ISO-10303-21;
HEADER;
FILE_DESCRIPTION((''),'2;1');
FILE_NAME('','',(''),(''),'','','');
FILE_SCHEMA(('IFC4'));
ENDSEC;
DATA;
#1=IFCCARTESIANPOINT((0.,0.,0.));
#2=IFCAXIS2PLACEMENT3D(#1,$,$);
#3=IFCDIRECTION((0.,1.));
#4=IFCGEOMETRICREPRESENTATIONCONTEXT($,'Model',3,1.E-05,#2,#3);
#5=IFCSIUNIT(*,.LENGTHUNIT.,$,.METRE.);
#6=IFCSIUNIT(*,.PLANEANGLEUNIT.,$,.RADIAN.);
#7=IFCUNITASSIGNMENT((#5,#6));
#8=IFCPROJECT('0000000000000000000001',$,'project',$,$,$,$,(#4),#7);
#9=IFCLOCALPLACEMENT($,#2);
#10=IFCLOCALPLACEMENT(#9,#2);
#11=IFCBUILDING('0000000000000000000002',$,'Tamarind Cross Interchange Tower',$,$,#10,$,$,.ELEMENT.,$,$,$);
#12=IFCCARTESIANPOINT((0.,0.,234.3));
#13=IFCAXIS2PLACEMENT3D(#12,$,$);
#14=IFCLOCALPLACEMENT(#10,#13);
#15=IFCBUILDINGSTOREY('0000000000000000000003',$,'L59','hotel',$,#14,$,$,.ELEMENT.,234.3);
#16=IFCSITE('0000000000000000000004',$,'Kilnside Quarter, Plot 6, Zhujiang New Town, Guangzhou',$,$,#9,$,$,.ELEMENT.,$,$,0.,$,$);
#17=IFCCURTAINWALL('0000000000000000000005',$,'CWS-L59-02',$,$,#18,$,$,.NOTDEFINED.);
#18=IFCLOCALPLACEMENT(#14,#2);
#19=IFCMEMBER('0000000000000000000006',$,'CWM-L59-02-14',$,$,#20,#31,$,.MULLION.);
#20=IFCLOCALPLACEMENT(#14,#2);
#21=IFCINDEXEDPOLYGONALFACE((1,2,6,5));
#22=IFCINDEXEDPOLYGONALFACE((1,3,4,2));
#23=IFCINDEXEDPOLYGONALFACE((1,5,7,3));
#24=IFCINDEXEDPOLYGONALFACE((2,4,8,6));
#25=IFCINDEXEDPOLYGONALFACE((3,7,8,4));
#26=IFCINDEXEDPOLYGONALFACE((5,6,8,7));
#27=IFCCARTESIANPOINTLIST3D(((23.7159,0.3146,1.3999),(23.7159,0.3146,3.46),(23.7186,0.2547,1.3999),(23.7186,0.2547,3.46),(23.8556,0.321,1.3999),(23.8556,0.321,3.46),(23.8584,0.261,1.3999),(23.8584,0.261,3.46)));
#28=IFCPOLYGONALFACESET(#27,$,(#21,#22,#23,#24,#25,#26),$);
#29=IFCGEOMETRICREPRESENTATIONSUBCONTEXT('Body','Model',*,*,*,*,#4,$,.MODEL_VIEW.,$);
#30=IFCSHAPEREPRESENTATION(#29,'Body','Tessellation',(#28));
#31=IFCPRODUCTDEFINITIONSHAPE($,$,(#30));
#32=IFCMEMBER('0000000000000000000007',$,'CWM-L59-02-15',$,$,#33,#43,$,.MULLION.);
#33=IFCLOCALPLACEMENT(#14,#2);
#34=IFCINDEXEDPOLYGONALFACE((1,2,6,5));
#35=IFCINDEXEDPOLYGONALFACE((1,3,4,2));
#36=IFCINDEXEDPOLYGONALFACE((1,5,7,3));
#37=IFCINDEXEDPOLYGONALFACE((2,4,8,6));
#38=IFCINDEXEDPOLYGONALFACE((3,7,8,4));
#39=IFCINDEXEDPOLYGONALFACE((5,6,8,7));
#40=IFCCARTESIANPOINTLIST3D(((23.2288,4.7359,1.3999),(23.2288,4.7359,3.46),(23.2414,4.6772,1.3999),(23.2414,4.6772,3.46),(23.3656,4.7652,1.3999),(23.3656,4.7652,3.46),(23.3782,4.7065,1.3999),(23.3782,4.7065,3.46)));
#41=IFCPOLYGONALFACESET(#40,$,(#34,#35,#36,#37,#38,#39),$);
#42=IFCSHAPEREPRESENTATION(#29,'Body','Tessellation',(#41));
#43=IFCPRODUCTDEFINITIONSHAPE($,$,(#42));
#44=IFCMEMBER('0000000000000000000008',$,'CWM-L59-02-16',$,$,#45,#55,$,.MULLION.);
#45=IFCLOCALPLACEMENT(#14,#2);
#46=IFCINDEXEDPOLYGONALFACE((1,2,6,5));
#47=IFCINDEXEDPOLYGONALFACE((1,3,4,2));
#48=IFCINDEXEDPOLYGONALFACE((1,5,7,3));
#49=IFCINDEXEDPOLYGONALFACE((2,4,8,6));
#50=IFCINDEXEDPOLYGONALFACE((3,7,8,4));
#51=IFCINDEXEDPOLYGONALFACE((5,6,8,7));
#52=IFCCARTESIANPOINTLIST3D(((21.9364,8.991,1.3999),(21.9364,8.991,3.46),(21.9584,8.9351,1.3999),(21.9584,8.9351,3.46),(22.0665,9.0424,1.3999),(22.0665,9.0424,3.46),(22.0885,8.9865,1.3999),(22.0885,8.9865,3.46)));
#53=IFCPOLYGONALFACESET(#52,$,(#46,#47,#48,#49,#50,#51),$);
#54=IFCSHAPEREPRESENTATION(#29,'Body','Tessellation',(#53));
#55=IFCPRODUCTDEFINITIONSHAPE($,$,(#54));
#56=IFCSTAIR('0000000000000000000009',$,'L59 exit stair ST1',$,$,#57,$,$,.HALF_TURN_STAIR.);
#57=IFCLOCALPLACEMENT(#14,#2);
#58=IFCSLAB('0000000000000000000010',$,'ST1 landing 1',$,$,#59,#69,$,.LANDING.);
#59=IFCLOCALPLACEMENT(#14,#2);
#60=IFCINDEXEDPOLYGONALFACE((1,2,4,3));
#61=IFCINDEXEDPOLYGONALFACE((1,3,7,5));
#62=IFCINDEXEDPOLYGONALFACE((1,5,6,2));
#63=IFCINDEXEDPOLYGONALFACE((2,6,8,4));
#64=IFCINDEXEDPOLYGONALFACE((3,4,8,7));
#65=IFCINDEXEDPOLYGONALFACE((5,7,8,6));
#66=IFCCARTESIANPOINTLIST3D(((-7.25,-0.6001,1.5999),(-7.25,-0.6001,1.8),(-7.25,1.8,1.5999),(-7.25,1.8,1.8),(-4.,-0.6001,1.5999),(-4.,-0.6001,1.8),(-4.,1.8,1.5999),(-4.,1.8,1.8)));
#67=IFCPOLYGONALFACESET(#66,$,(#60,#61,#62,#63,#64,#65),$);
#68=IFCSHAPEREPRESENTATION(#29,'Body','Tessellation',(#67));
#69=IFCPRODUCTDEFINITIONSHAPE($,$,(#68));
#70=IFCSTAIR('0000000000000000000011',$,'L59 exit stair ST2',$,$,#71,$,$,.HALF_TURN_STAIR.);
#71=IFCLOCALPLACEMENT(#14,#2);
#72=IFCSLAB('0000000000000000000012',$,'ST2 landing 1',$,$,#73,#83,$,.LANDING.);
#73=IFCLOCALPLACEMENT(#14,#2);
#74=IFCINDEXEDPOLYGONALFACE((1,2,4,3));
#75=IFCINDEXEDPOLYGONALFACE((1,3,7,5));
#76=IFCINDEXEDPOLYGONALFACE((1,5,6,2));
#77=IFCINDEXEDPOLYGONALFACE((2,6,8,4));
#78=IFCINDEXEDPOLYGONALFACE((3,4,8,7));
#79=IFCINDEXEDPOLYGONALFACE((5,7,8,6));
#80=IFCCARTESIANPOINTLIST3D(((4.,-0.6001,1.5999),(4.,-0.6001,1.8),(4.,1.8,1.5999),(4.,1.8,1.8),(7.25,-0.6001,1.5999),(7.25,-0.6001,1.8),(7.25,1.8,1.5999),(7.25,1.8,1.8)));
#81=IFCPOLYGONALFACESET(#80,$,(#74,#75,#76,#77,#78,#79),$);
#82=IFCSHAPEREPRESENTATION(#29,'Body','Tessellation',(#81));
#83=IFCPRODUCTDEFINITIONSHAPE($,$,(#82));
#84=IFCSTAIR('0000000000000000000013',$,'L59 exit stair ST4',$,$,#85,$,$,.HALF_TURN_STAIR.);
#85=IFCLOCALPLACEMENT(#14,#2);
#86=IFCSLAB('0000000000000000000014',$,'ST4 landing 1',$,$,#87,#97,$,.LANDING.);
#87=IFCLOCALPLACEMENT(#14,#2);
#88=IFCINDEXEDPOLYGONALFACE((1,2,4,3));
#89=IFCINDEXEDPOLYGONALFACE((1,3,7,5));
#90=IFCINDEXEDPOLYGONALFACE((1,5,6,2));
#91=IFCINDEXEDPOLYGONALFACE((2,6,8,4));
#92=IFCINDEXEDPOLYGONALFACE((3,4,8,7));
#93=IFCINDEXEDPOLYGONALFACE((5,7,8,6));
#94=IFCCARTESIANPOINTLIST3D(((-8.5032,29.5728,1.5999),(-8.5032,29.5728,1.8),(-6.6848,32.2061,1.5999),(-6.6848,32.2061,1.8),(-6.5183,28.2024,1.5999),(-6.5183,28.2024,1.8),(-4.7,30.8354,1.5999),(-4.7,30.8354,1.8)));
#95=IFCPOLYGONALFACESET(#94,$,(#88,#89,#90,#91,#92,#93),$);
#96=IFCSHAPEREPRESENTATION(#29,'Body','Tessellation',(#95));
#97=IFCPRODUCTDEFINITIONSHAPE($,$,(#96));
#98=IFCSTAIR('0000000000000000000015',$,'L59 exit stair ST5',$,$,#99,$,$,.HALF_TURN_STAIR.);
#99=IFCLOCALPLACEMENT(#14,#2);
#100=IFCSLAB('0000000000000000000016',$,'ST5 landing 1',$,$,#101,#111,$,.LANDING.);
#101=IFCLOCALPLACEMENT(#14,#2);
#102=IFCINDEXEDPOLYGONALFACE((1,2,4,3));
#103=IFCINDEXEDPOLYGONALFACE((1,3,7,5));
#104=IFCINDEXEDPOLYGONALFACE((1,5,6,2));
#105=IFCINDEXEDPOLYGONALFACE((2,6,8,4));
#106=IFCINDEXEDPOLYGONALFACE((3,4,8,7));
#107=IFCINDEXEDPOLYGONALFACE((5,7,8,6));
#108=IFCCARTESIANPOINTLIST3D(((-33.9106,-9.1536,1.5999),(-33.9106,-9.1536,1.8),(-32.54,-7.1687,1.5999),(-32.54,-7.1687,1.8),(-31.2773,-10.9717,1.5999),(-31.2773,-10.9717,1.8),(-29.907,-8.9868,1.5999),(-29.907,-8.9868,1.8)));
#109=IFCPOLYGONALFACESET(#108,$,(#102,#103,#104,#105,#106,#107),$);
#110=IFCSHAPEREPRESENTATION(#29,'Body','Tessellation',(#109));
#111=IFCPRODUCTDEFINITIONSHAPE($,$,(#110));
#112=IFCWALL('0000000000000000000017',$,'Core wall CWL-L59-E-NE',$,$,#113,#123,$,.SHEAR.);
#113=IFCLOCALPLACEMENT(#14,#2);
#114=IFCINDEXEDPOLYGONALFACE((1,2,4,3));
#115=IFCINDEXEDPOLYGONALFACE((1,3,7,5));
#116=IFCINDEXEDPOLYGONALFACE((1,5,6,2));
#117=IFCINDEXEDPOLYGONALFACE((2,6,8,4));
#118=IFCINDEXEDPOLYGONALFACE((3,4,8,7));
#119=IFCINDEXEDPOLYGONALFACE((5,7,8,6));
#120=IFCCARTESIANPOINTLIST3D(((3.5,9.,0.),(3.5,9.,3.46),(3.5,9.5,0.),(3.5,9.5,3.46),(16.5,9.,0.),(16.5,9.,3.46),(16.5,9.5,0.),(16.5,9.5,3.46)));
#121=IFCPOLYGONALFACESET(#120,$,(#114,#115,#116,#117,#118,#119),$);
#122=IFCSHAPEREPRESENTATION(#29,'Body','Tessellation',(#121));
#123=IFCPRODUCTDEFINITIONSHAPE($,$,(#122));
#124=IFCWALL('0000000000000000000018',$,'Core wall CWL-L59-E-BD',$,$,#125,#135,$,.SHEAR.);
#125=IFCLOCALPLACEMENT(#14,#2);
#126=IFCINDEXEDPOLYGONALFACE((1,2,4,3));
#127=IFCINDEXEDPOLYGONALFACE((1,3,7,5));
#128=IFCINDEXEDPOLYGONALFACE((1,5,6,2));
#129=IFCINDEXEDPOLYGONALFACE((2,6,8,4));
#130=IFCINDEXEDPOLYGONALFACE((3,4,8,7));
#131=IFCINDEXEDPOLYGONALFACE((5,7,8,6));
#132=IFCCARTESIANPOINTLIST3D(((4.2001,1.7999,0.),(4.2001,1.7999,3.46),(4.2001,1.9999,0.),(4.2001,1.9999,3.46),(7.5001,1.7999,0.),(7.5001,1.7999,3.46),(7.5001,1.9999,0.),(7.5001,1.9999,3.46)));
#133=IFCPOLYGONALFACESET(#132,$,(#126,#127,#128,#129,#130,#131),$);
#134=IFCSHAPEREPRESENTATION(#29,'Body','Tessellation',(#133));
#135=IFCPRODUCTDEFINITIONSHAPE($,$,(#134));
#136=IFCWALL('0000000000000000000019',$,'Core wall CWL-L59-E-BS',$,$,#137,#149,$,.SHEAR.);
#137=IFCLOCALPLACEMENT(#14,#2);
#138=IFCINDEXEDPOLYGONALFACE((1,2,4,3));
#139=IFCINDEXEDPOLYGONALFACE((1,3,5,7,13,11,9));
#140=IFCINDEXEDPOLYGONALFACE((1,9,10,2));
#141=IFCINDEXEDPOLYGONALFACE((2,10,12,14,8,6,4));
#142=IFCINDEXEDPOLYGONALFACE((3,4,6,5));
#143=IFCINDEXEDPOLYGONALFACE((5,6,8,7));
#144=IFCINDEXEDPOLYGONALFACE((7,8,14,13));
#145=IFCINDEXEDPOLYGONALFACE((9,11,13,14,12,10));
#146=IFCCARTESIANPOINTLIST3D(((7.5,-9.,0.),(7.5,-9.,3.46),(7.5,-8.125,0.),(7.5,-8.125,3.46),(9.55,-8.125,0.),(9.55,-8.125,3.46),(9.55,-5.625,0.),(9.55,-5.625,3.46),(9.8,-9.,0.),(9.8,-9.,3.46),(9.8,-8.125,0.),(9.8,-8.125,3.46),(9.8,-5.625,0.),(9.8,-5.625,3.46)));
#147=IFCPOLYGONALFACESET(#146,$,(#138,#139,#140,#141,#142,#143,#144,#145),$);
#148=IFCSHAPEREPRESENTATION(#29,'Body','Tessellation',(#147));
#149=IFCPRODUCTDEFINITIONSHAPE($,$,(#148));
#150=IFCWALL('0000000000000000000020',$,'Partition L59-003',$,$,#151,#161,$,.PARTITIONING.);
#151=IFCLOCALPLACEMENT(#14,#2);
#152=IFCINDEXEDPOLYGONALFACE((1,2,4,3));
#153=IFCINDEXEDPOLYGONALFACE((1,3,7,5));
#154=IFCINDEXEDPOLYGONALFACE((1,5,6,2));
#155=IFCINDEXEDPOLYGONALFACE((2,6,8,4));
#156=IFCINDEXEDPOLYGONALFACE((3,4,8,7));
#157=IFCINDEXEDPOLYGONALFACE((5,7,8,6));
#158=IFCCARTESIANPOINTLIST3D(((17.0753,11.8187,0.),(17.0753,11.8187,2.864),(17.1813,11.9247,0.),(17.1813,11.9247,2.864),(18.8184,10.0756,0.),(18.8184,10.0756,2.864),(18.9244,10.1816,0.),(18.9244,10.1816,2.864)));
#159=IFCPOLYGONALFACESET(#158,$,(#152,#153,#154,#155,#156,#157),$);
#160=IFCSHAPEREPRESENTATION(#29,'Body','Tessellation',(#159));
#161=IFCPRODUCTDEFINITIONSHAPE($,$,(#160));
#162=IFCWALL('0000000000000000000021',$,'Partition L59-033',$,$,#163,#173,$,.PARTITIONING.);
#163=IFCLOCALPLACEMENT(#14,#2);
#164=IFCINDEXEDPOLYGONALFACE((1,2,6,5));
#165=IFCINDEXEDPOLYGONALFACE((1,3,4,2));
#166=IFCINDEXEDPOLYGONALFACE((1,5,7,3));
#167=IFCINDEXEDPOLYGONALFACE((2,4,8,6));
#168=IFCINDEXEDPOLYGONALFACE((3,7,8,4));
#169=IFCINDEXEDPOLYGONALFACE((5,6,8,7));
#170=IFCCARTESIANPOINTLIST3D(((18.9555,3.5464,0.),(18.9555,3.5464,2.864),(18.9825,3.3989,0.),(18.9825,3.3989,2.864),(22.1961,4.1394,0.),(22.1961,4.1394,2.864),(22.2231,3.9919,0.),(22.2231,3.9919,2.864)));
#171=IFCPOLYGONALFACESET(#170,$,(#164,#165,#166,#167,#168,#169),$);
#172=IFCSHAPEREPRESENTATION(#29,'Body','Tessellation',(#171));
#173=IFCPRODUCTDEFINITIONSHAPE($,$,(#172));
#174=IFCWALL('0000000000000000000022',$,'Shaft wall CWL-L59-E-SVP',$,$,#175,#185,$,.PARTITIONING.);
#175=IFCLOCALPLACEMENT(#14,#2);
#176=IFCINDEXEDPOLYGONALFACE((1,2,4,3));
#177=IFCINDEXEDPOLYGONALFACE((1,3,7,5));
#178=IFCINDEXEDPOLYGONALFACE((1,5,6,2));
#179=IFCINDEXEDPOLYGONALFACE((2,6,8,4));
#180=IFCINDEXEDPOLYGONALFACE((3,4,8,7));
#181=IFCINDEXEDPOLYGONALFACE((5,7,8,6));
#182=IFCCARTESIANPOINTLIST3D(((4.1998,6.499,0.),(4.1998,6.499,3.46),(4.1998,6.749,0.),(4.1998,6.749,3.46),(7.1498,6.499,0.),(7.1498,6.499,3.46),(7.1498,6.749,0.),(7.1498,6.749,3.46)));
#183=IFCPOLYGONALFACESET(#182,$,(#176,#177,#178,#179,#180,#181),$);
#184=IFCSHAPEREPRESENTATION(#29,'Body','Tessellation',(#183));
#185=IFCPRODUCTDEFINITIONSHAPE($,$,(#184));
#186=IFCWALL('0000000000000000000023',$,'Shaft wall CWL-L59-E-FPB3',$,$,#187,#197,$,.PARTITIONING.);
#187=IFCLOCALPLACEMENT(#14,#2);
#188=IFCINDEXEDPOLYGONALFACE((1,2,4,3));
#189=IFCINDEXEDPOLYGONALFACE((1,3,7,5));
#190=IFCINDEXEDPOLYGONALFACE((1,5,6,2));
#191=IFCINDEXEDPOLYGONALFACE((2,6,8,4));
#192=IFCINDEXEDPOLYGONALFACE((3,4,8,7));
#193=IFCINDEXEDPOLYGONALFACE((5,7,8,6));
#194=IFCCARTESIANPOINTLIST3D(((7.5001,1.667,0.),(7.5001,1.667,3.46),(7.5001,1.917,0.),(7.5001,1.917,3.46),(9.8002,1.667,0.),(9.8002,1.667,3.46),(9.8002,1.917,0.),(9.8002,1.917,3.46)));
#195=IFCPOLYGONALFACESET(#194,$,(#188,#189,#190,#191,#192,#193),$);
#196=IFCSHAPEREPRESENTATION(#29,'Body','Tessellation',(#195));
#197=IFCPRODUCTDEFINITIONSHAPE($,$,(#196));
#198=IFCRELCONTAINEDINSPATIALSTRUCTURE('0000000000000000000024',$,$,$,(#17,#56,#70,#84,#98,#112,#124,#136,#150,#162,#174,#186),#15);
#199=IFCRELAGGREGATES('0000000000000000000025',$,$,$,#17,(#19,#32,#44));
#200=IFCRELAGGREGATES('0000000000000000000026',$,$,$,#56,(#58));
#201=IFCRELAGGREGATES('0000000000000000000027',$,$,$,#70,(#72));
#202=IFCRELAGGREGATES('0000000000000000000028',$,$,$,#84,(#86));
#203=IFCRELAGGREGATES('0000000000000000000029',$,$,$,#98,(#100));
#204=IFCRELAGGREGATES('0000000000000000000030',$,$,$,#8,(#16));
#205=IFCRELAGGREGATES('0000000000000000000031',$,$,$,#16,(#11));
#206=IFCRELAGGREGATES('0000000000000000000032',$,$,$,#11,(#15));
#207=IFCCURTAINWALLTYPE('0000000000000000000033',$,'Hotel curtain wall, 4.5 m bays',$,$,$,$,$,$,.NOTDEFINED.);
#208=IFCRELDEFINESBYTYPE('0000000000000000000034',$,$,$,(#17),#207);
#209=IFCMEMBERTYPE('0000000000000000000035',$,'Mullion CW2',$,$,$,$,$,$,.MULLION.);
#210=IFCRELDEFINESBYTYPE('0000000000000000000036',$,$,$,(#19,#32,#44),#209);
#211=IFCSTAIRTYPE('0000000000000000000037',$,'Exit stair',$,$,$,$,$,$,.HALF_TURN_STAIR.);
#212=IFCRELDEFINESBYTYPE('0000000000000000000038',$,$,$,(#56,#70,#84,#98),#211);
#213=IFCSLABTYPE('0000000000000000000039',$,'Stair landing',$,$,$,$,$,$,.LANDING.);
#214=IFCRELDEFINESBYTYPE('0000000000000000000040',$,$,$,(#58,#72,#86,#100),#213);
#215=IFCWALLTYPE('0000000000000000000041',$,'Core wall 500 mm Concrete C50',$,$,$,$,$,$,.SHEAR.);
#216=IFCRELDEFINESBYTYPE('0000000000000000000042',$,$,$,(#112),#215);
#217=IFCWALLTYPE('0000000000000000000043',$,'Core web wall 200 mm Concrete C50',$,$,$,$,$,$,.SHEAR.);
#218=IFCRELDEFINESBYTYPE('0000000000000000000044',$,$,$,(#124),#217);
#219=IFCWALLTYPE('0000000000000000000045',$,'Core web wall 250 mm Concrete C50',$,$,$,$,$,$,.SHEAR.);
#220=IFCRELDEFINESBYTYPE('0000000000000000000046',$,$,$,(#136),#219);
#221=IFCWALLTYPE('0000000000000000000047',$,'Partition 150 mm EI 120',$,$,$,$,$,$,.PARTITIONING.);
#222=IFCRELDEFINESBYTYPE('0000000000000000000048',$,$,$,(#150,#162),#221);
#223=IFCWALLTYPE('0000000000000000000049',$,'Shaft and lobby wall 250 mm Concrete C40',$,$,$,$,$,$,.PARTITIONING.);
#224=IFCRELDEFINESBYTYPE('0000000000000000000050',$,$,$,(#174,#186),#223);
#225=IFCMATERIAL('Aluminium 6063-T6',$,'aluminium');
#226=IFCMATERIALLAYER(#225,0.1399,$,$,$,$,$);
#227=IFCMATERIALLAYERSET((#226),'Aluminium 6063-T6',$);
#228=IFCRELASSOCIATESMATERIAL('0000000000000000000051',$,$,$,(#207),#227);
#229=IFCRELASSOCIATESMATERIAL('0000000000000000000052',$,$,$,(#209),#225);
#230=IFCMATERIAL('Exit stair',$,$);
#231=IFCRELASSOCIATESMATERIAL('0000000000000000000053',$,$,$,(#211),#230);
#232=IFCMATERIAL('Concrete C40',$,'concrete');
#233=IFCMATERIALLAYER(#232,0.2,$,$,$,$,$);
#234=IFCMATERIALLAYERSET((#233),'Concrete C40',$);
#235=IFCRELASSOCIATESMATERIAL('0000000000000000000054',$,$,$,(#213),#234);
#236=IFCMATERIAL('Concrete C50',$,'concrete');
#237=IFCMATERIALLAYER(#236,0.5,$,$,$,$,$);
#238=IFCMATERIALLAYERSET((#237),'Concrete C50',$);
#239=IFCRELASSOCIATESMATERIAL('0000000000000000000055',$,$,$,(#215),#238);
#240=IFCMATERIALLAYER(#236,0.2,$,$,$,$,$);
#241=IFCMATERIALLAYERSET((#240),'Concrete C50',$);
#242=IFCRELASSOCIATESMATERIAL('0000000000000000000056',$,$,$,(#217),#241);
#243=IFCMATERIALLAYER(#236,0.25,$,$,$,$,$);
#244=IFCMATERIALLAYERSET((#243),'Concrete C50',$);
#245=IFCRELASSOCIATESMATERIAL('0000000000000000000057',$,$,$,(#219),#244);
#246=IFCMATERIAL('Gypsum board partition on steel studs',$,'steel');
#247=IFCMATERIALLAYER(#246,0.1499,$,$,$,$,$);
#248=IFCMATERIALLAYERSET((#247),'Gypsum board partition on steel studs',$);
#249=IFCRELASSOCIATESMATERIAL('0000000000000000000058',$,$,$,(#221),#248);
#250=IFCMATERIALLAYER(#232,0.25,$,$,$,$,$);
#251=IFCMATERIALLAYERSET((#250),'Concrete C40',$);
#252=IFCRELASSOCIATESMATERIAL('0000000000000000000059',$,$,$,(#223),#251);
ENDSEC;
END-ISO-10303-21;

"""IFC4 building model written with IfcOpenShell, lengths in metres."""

from ifc_helpers import new_model, si_unit, direction, frame, frame_2d, origin, origin_2d, place, context, subcontext, project, spatial, polyline, rectangle, outline, extrude, material, layer, layer_set, material_profile, profile_set, type_object, element, aggregate, save


model = new_model("IFC4")

# Units and contexts
model_context = context("Model", 3, precision=1e-05, world=origin(), true_north=direction((0.0, 1.0)))
body_context = subcontext(model_context, "Body", "Model", "MODEL_VIEW")
ifc_project = project(units=[si_unit("LENGTHUNIT", "METRE"), si_unit("PLANEANGLEUNIT", "RADIAN")], contexts=[model_context])

# Site, building, storey
site_placement = place(None, origin())
site = spatial("IfcSite", under=ifc_project, at=site_placement, Name="Kilnside Quarter, Plot 6, Zhujiang New Town, Guangzhou", CompositionType="ELEMENT", RefElevation=0.0)
building_placement = place(site_placement, origin())
building = spatial("IfcBuilding", under=site, at=building_placement, Name="Tamarind Cross Interchange Tower", CompositionType="ELEMENT")
storey_placement = place(building_placement, frame((0.0, 0.0, 234.3)))
storey = spatial("IfcBuildingStorey", under=building, at=storey_placement, Name="L59", Description="hotel", CompositionType="ELEMENT", Elevation=234.3)

# Shared definitions
ifc_material_1 = material(Name="Concrete C50", Category="concrete")

# Curtain wall, members
ifc_material_2 = material(Name="Aluminium 6063-T6", Category="aluminium")
ifc_layer_1 = layer(ifc_material_2, 0.1399)
ifc_layer_set_1 = layer_set([ifc_layer_1], Name="Aluminium 6063-T6")
curtain_wall_type = type_object("IfcCurtainWallType", Name="Hotel curtain wall, 4.5 m bays", PredefinedType="NOTDEFINED", material=ifc_layer_set_1)
curtain_wall_placement = place(storey_placement, origin())
curtain_wall = element("IfcCurtainWall", 1, at=curtain_wall_placement, inside=storey, type_object=curtain_wall_type, Name="CWS-L59-02", PredefinedType="NOTDEFINED")
ifc_material_profile_1 = material_profile(ifc_material_2, rectangle(XDim=0.0601, YDim=0.1399, at=origin_2d()), Name="Mullion CW2")
ifc_profile_set_1 = profile_set([ifc_material_profile_1], Name="Aluminium 6063-T6")
member_type = type_object("IfcMemberType", Name="Mullion CW2", PredefinedType="MULLION", material=ifc_profile_set_1)
member_1_placement = place(storey_placement, frame((23.7871, 0.2878, 1.3999), z_axis=(0.0, 0.0, 1.0), x_axis=(-0.045624, 0.998959, 0.0)))
member_1 = element("IfcMember", 2, at=member_1_placement, type_object=member_type, Name="CWM-L59-02-14", PredefinedType="MULLION", context=body_context, shape_type="SweptSolid", body=[
    extrude(rectangle(XDim=0.0601, YDim=0.1399, at=origin_2d()), origin(), (0.0, 0.0, 1.0), 2.0601),
])
member_2_placement = place(storey_placement, frame((23.3035, 4.7212, 1.3999), z_axis=(0.0, 0.0, 1.0), x_axis=(-0.209425, 0.977825, 0.0)))
member_2 = element("IfcMember", 3, at=member_2_placement, type_object=member_type, Name="CWM-L59-02-15", PredefinedType="MULLION", context=body_context, shape_type="SweptSolid", body=[
    extrude(rectangle(XDim=0.0601, YDim=0.1399, at=origin_2d()), origin(), (0.0, 0.0, 1.0), 2.0601),
])
member_3_placement = place(storey_placement, frame((22.0125, 8.9888, 1.3999), z_axis=(0.0, 0.0, 1.0), x_axis=(-0.367514, 0.930018, 0.0)))
member_3 = element("IfcMember", 4, at=member_3_placement, type_object=member_type, Name="CWM-L59-02-16", PredefinedType="MULLION", context=body_context, shape_type="SweptSolid", body=[
    extrude(rectangle(XDim=0.0601, YDim=0.1399, at=origin_2d()), origin(), (0.0, 0.0, 1.0), 2.0601),
])
aggregate(curtain_wall, [member_1, member_2, member_3])

# Stairs, slabs
ifc_material_3 = material(Name="Exit stair")
stair_type = type_object("IfcStairType", Name="Exit stair", PredefinedType="HALF_TURN_STAIR", material=ifc_material_3)
stair_1_placement = place(storey_placement, origin())
stair_1 = element("IfcStair", 5, at=stair_1_placement, inside=storey, type_object=stair_type, Name="L59 exit stair ST1", PredefinedType="HALF_TURN_STAIR")
ifc_material_4 = material(Name="Concrete C40", Category="concrete")
ifc_layer_2 = layer(ifc_material_4, 0.2)
ifc_layer_set_2 = layer_set([ifc_layer_2], Name="Concrete C40")
slab_type = type_object("IfcSlabType", Name="Stair landing", PredefinedType="LANDING", material=ifc_layer_set_2)
slab_1_placement = place(storey_placement, frame((0.0, 0.0, 1.5999)))
slab_1 = element("IfcSlab", 6, at=slab_1_placement, type_object=slab_type, Name="ST1 landing 1", PredefinedType="LANDING", context=body_context, shape_type="SweptSolid", body=[
    extrude(outline(polyline([(-4.0, -0.6001), (-4.0, 1.8), (-7.25, 1.8), (-7.25, -0.6001), (-4.0, -0.6001)])), origin(), (0.0, 0.0, 1.0), 0.2002),
])
aggregate(stair_1, [slab_1])
stair_2_placement = place(storey_placement, origin())
stair_2 = element("IfcStair", 7, at=stair_2_placement, inside=storey, type_object=stair_type, Name="L59 exit stair ST2", PredefinedType="HALF_TURN_STAIR")
slab_2_placement = place(storey_placement, frame((0.0, 0.0, 1.5999)))
slab_2 = element("IfcSlab", 8, at=slab_2_placement, type_object=slab_type, Name="ST2 landing 1", PredefinedType="LANDING", context=body_context, shape_type="SweptSolid", body=[
    extrude(outline(polyline([(7.25, -0.6001), (7.25, 1.8), (4.0, 1.8), (4.0, -0.6001), (7.25, -0.6001)])), origin(), (0.0, 0.0, 1.0), 0.2002),
])
aggregate(stair_2, [slab_2])
stair_3_placement = place(storey_placement, origin())
stair_3 = element("IfcStair", 9, at=stair_3_placement, inside=storey, type_object=stair_type, Name="L59 exit stair ST4", PredefinedType="HALF_TURN_STAIR")
slab_3_placement = place(storey_placement, frame((0.0, 0.0, 1.5999)))
slab_3 = element("IfcSlab", 10, at=slab_3_placement, type_object=slab_type, Name="ST4 landing 1", PredefinedType="LANDING", context=body_context, shape_type="SweptSolid", body=[
    extrude(outline(polyline([(-4.7, 30.8354), (-6.6848, 32.2061), (-8.5032, 29.5728), (-6.5183, 28.2024), (-4.7, 30.8354)])), origin(), (0.0, 0.0, 1.0), 0.2002),
])
aggregate(stair_3, [slab_3])
stair_4_placement = place(storey_placement, origin())
stair_4 = element("IfcStair", 11, at=stair_4_placement, inside=storey, type_object=stair_type, Name="L59 exit stair ST5", PredefinedType="HALF_TURN_STAIR")
slab_4_placement = place(storey_placement, frame((0.0, 0.0, 1.5999)))
slab_4 = element("IfcSlab", 12, at=slab_4_placement, type_object=slab_type, Name="ST5 landing 1", PredefinedType="LANDING", context=body_context, shape_type="SweptSolid", body=[
    extrude(outline(polyline([(-32.54, -7.1687), (-33.9106, -9.1536), (-31.2773, -10.9717), (-29.907, -8.9868), (-32.54, -7.1687)])), origin(), (0.0, 0.0, 1.0), 0.2002),
])
aggregate(stair_4, [slab_4])

# Walls
ifc_layer_3 = layer(ifc_material_1, 0.5)
ifc_layer_set_3 = layer_set([ifc_layer_3], Name="Concrete C50")
wall_type_1 = type_object("IfcWallType", Name="Core wall 500 mm Concrete C50", PredefinedType="SHEAR", material=ifc_layer_set_3)
wall_1_placement = place(storey_placement, frame((16.5, 9.25, 0.0), z_axis=(0.0, 0.0, 1.0), x_axis=(-1.0, 0.0, 0.0)))
element("IfcWall", 13, at=wall_1_placement, inside=storey, type_object=wall_type_1, Name="Core wall CWL-L59-E-NE", PredefinedType="SHEAR", context=body_context, shape_type="SweptSolid", body=[
    extrude(rectangle(XDim=13.0, YDim=0.5, at=frame_2d((6.5, 0.0))), origin(), (0.0, 0.0, 1.0), 3.46),
])
ifc_layer_4 = layer(ifc_material_1, 0.2)
ifc_layer_set_4 = layer_set([ifc_layer_4], Name="Concrete C50")
wall_type_2 = type_object("IfcWallType", Name="Core web wall 200 mm Concrete C50", PredefinedType="SHEAR", material=ifc_layer_set_4)
wall_2_placement = place(storey_placement, frame((7.5, 1.8999, 0.0), z_axis=(0.0, 0.0, 1.0), x_axis=(-1.0, 0.0, 0.0)))
element("IfcWall", 14, at=wall_2_placement, inside=storey, type_object=wall_type_2, Name="Core wall CWL-L59-E-BD", PredefinedType="SHEAR", context=body_context, shape_type="SweptSolid", body=[
    extrude(rectangle(XDim=3.3, YDim=0.2, at=frame_2d((1.6499, 0.0))), origin(), (0.0, 0.0, 1.0), 3.46),
])
ifc_layer_5 = layer(ifc_material_1, 0.25)
ifc_layer_set_5 = layer_set([ifc_layer_5], Name="Concrete C50")
wall_type_3 = type_object("IfcWallType", Name="Core web wall 250 mm Concrete C50", PredefinedType="SHEAR", material=ifc_layer_set_5)
wall_3_placement = place(storey_placement, origin())
element("IfcWall", 15, at=wall_3_placement, inside=storey, type_object=wall_type_3, Name="Core wall CWL-L59-E-BS", PredefinedType="SHEAR", context=body_context, shape_type="SweptSolid", body=[
    extrude(outline(polyline([(7.5, -8.125), (7.5, -9.0), (9.8, -9.0), (9.8, -8.125), (9.8, -5.625), (9.55, -5.625), (9.55, -8.125), (7.5, -8.125)])), origin(), (0.0, 0.0, 1.0), 3.46),
])
ifc_material_5 = material(Name="Gypsum board partition on steel studs", Category="steel")
ifc_layer_6 = layer(ifc_material_5, 0.1499)
ifc_layer_set_6 = layer_set([ifc_layer_6], Name="Gypsum board partition on steel studs")
wall_type_4 = type_object("IfcWallType", Name="Partition 150 mm EI 120", PredefinedType="PARTITIONING", material=ifc_layer_set_6)
wall_4_placement = place(storey_placement, frame((17.1284, 11.8716, 0.0), z_axis=(0.0, 0.0, 1.0), x_axis=(0.707107, -0.707107, 0.0)))
element("IfcWall", 16, at=wall_4_placement, inside=storey, type_object=wall_type_4, Name="Partition L59-003", PredefinedType="PARTITIONING", context=body_context, shape_type="SweptSolid", body=[
    extrude(rectangle(XDim=2.4651, YDim=0.1499, at=frame_2d((1.2324, 0.0))), origin(), (0.0, 0.0, 1.0), 2.864),
])
wall_5_placement = place(storey_placement, frame((18.969, 3.4727, 0.0), z_axis=(0.0, 0.0, 1.0), x_axis=(0.983667, 0.18, 0.0)))
element("IfcWall", 17, at=wall_5_placement, inside=storey, type_object=wall_type_4, Name="Partition L59-033", PredefinedType="PARTITIONING", context=body_context, shape_type="SweptSolid", body=[
    extrude(rectangle(XDim=3.2944, YDim=0.1499, at=frame_2d((1.6472, 0.0))), origin(), (0.0, 0.0, 1.0), 2.864),
])
ifc_layer_7 = layer(ifc_material_4, 0.25)
ifc_layer_set_7 = layer_set([ifc_layer_7], Name="Concrete C40")
wall_type_5 = type_object("IfcWallType", Name="Shaft and lobby wall 250 mm Concrete C40", PredefinedType="PARTITIONING", material=ifc_layer_set_7)
wall_6_placement = place(storey_placement, frame((7.1499, 6.624, 0.0), z_axis=(0.0, 0.0, 1.0), x_axis=(-1.0, 0.0, 0.0)))
element("IfcWall", 18, at=wall_6_placement, inside=storey, type_object=wall_type_5, Name="Shaft wall CWL-L59-E-SVP", PredefinedType="PARTITIONING", context=body_context, shape_type="SweptSolid", body=[
    extrude(rectangle(XDim=2.95, YDim=0.25, at=frame_2d((1.4751, 0.0))), origin(), (0.0, 0.0, 1.0), 3.46),
])
wall_7_placement = place(storey_placement, frame((9.8, 1.792, 0.0), z_axis=(0.0, 0.0, 1.0), x_axis=(-1.0, 0.0, 0.0)))
element("IfcWall", 19, at=wall_7_placement, inside=storey, type_object=wall_type_5, Name="Shaft wall CWL-L59-E-FPB3", PredefinedType="PARTITIONING", context=body_context, shape_type="SweptSolid", body=[
    extrude(rectangle(XDim=2.3, YDim=0.25, at=frame_2d((1.1499, 0.0))), origin(), (0.0, 0.0, 1.0), 3.46),
])

save(model, "model.ifc")
